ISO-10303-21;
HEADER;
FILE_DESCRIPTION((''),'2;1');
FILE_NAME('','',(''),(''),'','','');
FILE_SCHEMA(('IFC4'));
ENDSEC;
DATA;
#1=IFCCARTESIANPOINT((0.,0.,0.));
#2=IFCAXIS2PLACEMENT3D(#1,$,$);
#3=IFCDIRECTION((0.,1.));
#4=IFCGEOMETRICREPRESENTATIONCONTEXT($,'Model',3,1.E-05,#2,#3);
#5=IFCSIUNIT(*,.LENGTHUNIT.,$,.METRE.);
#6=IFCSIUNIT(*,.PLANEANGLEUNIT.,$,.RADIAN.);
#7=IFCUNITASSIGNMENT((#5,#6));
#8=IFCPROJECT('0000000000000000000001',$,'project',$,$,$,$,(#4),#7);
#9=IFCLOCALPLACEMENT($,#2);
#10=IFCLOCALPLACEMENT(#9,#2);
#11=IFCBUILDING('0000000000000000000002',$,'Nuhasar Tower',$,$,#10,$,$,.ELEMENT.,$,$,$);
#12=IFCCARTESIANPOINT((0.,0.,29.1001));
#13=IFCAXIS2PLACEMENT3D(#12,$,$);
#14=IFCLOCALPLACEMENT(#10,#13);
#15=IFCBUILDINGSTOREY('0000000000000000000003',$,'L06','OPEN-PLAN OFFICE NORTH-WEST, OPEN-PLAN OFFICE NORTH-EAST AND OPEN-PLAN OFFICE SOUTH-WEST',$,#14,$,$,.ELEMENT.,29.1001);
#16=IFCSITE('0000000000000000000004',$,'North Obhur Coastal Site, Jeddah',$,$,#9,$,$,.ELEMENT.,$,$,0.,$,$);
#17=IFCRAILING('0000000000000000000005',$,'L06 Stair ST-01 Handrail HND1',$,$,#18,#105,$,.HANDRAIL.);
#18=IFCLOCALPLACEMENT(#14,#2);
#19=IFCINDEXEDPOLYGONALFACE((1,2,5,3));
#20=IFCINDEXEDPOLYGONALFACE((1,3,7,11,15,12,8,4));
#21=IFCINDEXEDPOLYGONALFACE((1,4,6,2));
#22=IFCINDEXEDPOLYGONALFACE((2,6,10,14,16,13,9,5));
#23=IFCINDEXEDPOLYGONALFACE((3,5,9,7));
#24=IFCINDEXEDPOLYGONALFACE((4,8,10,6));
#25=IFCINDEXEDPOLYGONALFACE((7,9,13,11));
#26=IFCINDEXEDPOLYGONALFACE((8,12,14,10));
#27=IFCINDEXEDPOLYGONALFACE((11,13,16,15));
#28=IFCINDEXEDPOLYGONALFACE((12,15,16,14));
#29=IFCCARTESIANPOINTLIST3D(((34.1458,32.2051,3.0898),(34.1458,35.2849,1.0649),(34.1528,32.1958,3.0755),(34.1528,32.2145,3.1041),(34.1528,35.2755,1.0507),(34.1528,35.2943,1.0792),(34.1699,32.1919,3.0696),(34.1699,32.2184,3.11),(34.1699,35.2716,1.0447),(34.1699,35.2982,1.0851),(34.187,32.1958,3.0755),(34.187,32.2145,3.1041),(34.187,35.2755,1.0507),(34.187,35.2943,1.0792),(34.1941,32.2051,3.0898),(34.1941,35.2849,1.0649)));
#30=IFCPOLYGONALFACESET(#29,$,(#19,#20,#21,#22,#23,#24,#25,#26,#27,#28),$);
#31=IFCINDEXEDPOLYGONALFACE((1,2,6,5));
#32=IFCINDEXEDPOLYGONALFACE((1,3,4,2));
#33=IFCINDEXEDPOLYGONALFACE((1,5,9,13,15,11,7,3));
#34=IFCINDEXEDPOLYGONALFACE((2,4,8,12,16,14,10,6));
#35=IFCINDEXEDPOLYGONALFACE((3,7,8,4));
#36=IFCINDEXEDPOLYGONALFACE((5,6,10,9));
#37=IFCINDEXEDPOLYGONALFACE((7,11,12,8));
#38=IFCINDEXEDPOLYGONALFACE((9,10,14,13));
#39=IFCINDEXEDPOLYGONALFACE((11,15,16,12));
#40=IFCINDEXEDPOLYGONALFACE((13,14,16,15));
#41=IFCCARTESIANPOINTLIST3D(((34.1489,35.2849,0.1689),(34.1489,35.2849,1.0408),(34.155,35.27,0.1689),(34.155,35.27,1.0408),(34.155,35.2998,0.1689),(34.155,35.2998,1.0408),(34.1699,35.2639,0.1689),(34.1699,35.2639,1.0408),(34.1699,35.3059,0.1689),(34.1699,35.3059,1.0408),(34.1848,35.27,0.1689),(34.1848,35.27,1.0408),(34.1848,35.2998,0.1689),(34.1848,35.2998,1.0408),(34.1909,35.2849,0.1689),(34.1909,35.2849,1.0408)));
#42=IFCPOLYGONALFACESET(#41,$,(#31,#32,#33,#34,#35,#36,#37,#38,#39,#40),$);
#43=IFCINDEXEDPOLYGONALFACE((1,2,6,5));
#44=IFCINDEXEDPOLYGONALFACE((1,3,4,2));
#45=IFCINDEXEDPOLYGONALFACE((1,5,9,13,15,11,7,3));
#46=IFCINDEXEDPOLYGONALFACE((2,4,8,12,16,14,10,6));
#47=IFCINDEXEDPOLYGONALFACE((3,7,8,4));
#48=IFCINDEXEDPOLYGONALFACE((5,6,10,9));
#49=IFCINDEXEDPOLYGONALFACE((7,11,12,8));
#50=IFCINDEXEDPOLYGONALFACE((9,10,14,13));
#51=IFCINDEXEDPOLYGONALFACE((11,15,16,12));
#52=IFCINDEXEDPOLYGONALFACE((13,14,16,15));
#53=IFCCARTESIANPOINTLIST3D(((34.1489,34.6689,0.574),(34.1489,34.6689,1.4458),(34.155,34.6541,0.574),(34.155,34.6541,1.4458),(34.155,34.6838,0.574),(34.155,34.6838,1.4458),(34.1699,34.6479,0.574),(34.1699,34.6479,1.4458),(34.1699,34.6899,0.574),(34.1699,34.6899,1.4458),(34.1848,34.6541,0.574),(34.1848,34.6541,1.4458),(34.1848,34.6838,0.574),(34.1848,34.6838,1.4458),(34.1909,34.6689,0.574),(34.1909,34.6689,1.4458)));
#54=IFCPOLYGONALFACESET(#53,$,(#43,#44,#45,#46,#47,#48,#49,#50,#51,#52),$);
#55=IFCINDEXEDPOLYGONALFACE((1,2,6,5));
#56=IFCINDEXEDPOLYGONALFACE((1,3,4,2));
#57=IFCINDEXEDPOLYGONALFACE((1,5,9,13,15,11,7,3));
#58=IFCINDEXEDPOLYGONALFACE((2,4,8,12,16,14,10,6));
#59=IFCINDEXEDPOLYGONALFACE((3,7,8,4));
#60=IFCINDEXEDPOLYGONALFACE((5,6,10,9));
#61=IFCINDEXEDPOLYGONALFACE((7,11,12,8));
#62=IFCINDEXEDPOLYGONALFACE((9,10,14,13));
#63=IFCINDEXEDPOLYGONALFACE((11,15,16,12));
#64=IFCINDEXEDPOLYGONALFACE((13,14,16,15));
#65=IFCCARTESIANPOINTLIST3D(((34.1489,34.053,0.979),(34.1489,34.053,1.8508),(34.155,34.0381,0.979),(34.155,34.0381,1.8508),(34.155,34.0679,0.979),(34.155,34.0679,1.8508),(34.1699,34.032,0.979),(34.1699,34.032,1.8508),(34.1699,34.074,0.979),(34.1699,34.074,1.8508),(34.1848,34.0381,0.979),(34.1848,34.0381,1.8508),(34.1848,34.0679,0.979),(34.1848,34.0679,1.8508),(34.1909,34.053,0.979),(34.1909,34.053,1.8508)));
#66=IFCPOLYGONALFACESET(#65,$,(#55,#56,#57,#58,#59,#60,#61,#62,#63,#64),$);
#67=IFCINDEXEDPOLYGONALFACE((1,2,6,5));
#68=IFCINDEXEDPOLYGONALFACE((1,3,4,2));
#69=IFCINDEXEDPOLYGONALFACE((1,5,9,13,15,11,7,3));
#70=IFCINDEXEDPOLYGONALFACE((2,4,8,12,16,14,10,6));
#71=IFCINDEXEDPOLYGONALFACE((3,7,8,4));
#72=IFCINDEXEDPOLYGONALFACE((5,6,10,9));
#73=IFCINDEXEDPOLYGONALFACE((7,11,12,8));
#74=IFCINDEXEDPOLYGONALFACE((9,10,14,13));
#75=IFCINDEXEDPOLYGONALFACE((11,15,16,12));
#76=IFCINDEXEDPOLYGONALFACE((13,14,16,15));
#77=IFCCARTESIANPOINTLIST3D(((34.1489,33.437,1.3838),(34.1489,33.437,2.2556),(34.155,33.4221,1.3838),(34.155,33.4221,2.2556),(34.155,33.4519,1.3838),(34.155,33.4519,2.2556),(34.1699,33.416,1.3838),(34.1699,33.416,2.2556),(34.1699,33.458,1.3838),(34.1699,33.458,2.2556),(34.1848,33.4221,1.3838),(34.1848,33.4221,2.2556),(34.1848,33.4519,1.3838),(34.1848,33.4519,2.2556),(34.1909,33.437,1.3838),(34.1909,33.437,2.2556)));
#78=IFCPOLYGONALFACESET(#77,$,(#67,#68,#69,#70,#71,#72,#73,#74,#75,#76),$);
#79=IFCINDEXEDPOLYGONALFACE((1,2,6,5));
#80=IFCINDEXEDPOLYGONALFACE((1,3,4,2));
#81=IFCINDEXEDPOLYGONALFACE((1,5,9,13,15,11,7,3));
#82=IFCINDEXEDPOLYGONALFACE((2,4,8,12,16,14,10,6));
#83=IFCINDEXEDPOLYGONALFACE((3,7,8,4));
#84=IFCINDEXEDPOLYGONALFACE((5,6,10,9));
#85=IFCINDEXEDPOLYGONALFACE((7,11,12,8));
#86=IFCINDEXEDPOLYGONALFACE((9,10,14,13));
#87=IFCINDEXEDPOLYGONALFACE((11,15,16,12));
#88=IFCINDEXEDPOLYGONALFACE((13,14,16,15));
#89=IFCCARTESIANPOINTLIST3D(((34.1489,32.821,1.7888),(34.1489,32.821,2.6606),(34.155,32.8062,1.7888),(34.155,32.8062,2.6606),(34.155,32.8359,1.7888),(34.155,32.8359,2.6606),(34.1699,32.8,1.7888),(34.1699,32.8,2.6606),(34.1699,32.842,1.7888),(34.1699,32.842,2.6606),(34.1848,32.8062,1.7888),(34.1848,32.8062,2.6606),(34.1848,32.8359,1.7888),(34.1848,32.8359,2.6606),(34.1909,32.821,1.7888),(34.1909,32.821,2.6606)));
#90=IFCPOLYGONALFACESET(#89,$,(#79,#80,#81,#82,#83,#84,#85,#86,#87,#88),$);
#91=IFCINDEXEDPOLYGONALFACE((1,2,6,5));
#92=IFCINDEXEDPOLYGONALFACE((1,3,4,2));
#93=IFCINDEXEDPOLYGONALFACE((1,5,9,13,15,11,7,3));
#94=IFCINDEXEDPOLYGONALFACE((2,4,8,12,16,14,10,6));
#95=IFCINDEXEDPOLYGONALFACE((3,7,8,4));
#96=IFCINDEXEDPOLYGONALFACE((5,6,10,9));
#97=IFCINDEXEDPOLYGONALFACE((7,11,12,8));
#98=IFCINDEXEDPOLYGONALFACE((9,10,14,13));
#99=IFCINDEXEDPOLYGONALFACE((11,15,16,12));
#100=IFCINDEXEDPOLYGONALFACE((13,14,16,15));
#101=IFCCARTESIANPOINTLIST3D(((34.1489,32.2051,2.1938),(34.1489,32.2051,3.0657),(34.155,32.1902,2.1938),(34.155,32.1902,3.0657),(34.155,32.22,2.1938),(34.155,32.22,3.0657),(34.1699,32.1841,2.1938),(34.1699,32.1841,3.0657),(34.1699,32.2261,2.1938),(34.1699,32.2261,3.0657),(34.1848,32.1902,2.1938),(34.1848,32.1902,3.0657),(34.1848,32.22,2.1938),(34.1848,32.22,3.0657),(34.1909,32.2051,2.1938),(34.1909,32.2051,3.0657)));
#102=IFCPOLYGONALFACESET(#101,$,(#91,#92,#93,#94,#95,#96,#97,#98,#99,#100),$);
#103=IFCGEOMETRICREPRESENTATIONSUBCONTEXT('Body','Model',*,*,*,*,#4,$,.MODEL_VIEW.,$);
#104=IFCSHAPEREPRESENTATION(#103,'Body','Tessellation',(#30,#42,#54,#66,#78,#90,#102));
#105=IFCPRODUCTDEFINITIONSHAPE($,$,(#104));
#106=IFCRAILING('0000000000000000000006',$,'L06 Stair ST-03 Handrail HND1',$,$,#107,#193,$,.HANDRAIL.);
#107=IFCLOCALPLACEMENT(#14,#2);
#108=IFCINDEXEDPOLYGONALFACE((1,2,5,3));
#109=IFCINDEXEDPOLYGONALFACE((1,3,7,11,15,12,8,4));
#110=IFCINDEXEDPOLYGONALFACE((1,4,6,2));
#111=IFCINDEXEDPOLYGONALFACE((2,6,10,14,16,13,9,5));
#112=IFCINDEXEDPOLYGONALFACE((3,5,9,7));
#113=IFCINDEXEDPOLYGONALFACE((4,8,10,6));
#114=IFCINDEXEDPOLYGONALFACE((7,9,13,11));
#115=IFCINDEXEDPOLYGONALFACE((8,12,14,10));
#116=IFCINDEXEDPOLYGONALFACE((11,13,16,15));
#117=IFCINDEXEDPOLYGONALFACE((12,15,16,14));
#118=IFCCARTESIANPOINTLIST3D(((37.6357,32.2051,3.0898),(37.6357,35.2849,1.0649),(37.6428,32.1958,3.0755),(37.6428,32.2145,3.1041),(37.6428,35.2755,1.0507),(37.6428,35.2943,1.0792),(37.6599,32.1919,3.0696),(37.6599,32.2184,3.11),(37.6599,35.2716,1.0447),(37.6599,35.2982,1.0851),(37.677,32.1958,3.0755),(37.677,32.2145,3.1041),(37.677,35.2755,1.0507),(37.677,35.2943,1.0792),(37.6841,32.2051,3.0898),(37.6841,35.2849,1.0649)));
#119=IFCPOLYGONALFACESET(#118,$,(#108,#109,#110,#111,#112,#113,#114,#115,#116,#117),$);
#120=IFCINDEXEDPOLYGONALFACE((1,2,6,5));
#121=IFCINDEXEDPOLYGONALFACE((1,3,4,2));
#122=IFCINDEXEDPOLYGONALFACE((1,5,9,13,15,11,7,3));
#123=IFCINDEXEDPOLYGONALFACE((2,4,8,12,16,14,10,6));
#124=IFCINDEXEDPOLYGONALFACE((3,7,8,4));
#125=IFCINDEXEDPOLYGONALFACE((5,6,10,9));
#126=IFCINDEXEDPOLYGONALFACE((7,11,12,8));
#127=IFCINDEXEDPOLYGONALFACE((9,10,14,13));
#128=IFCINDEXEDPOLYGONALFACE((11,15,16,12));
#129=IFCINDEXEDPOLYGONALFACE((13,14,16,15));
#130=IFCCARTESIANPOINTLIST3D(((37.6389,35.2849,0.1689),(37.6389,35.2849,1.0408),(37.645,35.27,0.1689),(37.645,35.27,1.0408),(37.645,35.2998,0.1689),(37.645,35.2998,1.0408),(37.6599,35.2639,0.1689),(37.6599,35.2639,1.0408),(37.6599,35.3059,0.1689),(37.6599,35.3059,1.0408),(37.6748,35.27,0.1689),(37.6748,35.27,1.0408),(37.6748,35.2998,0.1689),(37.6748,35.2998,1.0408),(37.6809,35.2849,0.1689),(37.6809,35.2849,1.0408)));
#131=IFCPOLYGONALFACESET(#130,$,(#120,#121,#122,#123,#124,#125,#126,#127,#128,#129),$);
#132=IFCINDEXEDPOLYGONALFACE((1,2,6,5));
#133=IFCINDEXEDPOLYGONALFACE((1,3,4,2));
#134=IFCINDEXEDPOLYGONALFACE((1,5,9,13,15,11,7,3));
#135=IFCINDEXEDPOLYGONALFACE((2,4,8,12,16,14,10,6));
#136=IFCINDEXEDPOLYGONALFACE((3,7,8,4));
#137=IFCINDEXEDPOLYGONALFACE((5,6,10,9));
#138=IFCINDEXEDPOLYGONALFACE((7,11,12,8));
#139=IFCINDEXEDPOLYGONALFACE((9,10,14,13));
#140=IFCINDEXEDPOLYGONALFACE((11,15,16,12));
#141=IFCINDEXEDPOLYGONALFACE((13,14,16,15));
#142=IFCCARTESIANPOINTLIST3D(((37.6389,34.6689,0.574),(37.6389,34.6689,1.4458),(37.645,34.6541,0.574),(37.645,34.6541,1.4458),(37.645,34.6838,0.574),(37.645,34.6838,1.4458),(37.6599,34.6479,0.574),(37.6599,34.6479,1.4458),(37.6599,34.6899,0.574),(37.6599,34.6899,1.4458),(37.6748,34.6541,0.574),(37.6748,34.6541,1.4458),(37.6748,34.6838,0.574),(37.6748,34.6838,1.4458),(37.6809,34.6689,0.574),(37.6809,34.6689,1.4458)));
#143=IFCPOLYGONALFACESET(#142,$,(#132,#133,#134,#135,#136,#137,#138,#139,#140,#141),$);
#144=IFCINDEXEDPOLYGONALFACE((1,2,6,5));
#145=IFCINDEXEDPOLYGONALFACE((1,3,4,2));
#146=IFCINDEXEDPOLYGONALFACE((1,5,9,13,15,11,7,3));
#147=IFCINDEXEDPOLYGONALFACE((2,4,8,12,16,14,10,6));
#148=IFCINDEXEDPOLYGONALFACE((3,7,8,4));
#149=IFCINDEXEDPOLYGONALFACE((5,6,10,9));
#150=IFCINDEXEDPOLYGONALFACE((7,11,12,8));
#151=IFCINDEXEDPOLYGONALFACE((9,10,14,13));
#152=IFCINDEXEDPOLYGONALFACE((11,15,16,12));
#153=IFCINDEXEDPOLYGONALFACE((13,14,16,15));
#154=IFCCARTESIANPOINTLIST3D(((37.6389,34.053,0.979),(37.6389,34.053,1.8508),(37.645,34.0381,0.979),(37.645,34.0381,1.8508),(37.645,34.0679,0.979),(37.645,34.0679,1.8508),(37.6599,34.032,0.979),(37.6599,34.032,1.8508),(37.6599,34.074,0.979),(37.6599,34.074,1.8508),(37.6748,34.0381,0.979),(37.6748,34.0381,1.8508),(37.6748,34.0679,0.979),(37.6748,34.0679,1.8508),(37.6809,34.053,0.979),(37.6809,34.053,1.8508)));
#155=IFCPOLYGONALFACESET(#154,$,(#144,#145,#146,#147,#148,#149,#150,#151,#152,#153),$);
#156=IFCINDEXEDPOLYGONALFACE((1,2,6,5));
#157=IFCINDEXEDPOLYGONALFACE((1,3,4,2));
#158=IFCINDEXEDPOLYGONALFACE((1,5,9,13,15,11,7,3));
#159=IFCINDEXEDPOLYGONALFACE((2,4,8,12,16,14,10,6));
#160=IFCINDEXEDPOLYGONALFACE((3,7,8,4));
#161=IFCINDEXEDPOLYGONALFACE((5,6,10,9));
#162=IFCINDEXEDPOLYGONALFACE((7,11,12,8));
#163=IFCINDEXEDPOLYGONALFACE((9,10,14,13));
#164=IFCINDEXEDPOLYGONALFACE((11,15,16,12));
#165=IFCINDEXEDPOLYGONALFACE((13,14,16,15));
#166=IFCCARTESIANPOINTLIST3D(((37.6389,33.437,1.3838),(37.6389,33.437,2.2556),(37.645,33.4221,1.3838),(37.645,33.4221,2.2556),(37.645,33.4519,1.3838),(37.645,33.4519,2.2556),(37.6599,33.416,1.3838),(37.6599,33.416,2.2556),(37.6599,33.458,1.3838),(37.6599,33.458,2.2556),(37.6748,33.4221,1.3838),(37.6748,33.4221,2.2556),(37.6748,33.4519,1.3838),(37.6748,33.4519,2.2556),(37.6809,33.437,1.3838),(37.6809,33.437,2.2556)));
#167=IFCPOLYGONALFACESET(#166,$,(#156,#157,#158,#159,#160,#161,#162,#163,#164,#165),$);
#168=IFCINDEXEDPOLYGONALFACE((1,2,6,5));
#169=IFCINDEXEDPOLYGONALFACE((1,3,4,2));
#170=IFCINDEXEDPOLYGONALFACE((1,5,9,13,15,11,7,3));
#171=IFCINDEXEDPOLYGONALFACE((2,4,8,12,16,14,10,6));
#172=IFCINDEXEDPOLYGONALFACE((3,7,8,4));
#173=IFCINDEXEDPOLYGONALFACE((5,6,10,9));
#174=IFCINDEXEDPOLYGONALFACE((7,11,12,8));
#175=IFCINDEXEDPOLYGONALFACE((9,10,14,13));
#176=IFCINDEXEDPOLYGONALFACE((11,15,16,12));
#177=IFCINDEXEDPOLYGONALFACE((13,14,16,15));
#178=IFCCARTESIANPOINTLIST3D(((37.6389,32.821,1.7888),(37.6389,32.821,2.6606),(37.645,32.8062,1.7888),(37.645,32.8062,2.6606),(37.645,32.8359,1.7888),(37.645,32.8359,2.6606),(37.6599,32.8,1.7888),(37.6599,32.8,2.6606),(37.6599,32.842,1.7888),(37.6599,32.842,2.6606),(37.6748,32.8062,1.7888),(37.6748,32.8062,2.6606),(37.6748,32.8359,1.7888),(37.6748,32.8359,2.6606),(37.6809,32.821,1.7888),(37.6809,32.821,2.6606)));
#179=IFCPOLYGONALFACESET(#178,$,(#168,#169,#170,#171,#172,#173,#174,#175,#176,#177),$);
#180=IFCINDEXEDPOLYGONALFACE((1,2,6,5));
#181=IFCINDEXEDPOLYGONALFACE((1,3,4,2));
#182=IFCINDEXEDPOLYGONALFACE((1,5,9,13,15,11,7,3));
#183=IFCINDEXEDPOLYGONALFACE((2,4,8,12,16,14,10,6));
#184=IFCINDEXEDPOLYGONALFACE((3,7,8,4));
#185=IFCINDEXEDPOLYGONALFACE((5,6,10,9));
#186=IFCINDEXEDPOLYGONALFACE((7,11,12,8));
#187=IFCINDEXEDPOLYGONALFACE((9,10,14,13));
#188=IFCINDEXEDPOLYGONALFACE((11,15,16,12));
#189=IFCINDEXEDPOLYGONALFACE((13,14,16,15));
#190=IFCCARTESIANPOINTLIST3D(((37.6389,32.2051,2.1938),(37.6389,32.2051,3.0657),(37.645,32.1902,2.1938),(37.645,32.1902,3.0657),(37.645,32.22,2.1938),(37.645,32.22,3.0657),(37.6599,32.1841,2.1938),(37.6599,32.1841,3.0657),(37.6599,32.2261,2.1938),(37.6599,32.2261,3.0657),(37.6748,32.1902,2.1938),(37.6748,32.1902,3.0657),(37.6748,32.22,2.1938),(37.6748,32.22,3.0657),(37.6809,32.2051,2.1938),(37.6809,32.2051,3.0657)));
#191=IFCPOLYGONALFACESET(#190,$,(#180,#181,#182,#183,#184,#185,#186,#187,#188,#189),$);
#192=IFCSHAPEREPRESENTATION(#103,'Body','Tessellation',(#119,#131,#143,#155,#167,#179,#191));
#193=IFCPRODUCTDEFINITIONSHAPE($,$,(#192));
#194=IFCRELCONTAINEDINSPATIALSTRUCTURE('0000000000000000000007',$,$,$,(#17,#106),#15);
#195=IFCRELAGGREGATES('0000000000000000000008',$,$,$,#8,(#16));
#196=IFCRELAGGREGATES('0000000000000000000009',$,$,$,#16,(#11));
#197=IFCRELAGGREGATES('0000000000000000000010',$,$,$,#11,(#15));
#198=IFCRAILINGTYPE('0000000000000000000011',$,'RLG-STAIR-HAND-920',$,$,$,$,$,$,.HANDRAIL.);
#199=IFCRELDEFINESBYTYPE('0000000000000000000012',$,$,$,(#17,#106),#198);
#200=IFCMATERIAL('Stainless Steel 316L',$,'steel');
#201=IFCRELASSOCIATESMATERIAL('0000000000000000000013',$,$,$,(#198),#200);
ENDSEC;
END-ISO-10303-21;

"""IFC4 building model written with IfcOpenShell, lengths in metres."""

from ifc_helpers import new_model, si_unit, direction, frame, origin, place, context, subcontext, project, spatial, polyline, outline, extrude, material, type_object, element, save


model = new_model("IFC4")

# Units and contexts
model_context = context("Model", 3, precision=1e-05, world=origin(), true_north=direction((0.0, 1.0)))
body_context = subcontext(model_context, "Body", "Model", "MODEL_VIEW")
ifc_project = project(units=[si_unit("LENGTHUNIT", "METRE"), si_unit("PLANEANGLEUNIT", "RADIAN")], contexts=[model_context])

# Site, building, storey
site_placement = place(None, origin())
site = spatial("IfcSite", under=ifc_project, at=site_placement, Name="North Obhur Coastal Site, Jeddah", CompositionType="ELEMENT", RefElevation=0.0)
building_placement = place(site_placement, origin())
building = spatial("IfcBuilding", under=site, at=building_placement, Name="Nuhasar Tower", CompositionType="ELEMENT")
storey_placement = place(building_placement, frame((0.0, 0.0, 29.1001)))
storey = spatial("IfcBuildingStorey", under=building, at=storey_placement, Name="L06", Description="OPEN-PLAN OFFICE NORTH-WEST, OPEN-PLAN OFFICE NORTH-EAST AND OPEN-PLAN OFFICE SOUTH-WEST", CompositionType="ELEMENT", Elevation=29.1001)

# Railings
ifc_material_1 = material(Name="Stainless Steel 316L", Category="steel")
railing_type_1 = type_object("IfcRailingType", Name="RLG-STAIR-HAND-920", PredefinedType="HANDRAIL", material=ifc_material_1)
railing_1_placement = place(storey_placement, frame((34.1699, 35.2849, 0.1689)))
element("IfcRailing", 1, at=railing_1_placement, inside=storey, type_object=railing_type_1, Name="L06 Stair ST-01 Handrail HND1", PredefinedType="HANDRAIL", context=body_context, shape_type="SweptSolid", body=[
    extrude(outline(polyline([(0.0242, 0.0), (0.0171, 0.0171), (0.0, 0.0242), (-0.0171, 0.0171), (-0.0242, 0.0), (-0.0171, -0.0171), (0.0, -0.0242), (0.0171, -0.0171), (0.0242, 0.0)])), frame((0.0, 0.0, 0.896), z_axis=(0.0, -0.83558, 0.54937), x_axis=(1.0, 0.0, 0.0)), (0.0, 0.0, 1.0), 3.6858),
    extrude(outline(polyline([(0.021, 0.0), (0.0149, 0.0149), (0.0, 0.021), (-0.0149, 0.0149), (-0.021, 0.0), (-0.0149, -0.0149), (0.0, -0.021), (0.0149, -0.0149), (0.021, 0.0)])), origin(), (0.0, 0.0, 1.0), 0.8718),
    extrude(outline(polyline([(0.021, 0.0), (0.0149, 0.0149), (0.0, 0.021), (-0.0149, 0.0149), (-0.021, 0.0), (-0.0149, -0.0149), (0.0, -0.021), (0.0149, -0.0149), (0.021, 0.0)])), frame((0.0, -0.616, 0.405)), (0.0, 0.0, 1.0), 0.8718),
    extrude(outline(polyline([(0.021, 0.0), (0.0149, 0.0149), (0.0, 0.021), (-0.0149, 0.0149), (-0.021, 0.0), (-0.0149, -0.0149), (0.0, -0.021), (0.0149, -0.0149), (0.021, 0.0)])), frame((0.0, -1.2319, 0.8101)), (0.0, 0.0, 1.0), 0.8718),
    extrude(outline(polyline([(0.021, 0.0), (0.0149, 0.0149), (0.0, 0.021), (-0.0149, 0.0149), (-0.021, 0.0), (-0.0149, -0.0149), (0.0, -0.021), (0.0149, -0.0149), (0.021, 0.0)])), frame((0.0, -1.8479, 1.2148)), (0.0, 0.0, 1.0), 0.8718),
    extrude(outline(polyline([(0.021, 0.0), (0.0149, 0.0149), (0.0, 0.021), (-0.0149, 0.0149), (-0.021, 0.0), (-0.0149, -0.0149), (0.0, -0.021), (0.0149, -0.0149), (0.021, 0.0)])), frame((0.0, -2.4639, 1.6199)), (0.0, 0.0, 1.0), 0.8718),
    extrude(outline(polyline([(0.021, 0.0), (0.0149, 0.0149), (0.0, 0.021), (-0.0149, 0.0149), (-0.021, 0.0), (-0.0149, -0.0149), (0.0, -0.021), (0.0149, -0.0149), (0.021, 0.0)])), frame((0.0, -3.0798, 2.0249)), (0.0, 0.0, 1.0), 0.8718),
])
railing_2_placement = place(storey_placement, frame((37.6599, 35.2849, 0.1689)))
element("IfcRailing", 2, at=railing_2_placement, inside=storey, type_object=railing_type_1, Name="L06 Stair ST-03 Handrail HND1", PredefinedType="HANDRAIL", context=body_context, shape_type="SweptSolid", body=[
    extrude(outline(polyline([(0.0242, 0.0), (0.0171, 0.0171), (0.0, 0.0242), (-0.0171, 0.0171), (-0.0242, 0.0), (-0.0171, -0.0171), (0.0, -0.0242), (0.0171, -0.0171), (0.0242, 0.0)])), frame((0.0, 0.0, 0.896), z_axis=(0.0, -0.83558, 0.54937), x_axis=(1.0, 0.0, 0.0)), (0.0, 0.0, 1.0), 3.6858),
    extrude(outline(polyline([(0.021, 0.0), (0.0149, 0.0149), (0.0, 0.021), (-0.0149, 0.0149), (-0.021, 0.0), (-0.0149, -0.0149), (0.0, -0.021), (0.0149, -0.0149), (0.021, 0.0)])), origin(), (0.0, 0.0, 1.0), 0.8718),
    extrude(outline(polyline([(0.021, 0.0), (0.0149, 0.0149), (0.0, 0.021), (-0.0149, 0.0149), (-0.021, 0.0), (-0.0149, -0.0149), (0.0, -0.021), (0.0149, -0.0149), (0.021, 0.0)])), frame((0.0, -0.616, 0.405)), (0.0, 0.0, 1.0), 0.8718),
    extrude(outline(polyline([(0.021, 0.0), (0.0149, 0.0149), (0.0, 0.021), (-0.0149, 0.0149), (-0.021, 0.0), (-0.0149, -0.0149), (0.0, -0.021), (0.0149, -0.0149), (0.021, 0.0)])), frame((0.0, -1.2319, 0.8101)), (0.0, 0.0, 1.0), 0.8718),
    extrude(outline(polyline([(0.021, 0.0), (0.0149, 0.0149), (0.0, 0.021), (-0.0149, 0.0149), (-0.021, 0.0), (-0.0149, -0.0149), (0.0, -0.021), (0.0149, -0.0149), (0.021, 0.0)])), frame((0.0, -1.8479, 1.2148)), (0.0, 0.0, 1.0), 0.8718),
    extrude(outline(polyline([(0.021, 0.0), (0.0149, 0.0149), (0.0, 0.021), (-0.0149, 0.0149), (-0.021, 0.0), (-0.0149, -0.0149), (0.0, -0.021), (0.0149, -0.0149), (0.021, 0.0)])), frame((0.0, -2.4639, 1.6199)), (0.0, 0.0, 1.0), 0.8718),
    extrude(outline(polyline([(0.021, 0.0), (0.0149, 0.0149), (0.0, 0.021), (-0.0149, 0.0149), (-0.021, 0.0), (-0.0149, -0.0149), (0.0, -0.021), (0.0149, -0.0149), (0.021, 0.0)])), frame((0.0, -3.0798, 2.0249)), (0.0, 0.0, 1.0), 0.8718),
])

save(model, "model.ifc")
